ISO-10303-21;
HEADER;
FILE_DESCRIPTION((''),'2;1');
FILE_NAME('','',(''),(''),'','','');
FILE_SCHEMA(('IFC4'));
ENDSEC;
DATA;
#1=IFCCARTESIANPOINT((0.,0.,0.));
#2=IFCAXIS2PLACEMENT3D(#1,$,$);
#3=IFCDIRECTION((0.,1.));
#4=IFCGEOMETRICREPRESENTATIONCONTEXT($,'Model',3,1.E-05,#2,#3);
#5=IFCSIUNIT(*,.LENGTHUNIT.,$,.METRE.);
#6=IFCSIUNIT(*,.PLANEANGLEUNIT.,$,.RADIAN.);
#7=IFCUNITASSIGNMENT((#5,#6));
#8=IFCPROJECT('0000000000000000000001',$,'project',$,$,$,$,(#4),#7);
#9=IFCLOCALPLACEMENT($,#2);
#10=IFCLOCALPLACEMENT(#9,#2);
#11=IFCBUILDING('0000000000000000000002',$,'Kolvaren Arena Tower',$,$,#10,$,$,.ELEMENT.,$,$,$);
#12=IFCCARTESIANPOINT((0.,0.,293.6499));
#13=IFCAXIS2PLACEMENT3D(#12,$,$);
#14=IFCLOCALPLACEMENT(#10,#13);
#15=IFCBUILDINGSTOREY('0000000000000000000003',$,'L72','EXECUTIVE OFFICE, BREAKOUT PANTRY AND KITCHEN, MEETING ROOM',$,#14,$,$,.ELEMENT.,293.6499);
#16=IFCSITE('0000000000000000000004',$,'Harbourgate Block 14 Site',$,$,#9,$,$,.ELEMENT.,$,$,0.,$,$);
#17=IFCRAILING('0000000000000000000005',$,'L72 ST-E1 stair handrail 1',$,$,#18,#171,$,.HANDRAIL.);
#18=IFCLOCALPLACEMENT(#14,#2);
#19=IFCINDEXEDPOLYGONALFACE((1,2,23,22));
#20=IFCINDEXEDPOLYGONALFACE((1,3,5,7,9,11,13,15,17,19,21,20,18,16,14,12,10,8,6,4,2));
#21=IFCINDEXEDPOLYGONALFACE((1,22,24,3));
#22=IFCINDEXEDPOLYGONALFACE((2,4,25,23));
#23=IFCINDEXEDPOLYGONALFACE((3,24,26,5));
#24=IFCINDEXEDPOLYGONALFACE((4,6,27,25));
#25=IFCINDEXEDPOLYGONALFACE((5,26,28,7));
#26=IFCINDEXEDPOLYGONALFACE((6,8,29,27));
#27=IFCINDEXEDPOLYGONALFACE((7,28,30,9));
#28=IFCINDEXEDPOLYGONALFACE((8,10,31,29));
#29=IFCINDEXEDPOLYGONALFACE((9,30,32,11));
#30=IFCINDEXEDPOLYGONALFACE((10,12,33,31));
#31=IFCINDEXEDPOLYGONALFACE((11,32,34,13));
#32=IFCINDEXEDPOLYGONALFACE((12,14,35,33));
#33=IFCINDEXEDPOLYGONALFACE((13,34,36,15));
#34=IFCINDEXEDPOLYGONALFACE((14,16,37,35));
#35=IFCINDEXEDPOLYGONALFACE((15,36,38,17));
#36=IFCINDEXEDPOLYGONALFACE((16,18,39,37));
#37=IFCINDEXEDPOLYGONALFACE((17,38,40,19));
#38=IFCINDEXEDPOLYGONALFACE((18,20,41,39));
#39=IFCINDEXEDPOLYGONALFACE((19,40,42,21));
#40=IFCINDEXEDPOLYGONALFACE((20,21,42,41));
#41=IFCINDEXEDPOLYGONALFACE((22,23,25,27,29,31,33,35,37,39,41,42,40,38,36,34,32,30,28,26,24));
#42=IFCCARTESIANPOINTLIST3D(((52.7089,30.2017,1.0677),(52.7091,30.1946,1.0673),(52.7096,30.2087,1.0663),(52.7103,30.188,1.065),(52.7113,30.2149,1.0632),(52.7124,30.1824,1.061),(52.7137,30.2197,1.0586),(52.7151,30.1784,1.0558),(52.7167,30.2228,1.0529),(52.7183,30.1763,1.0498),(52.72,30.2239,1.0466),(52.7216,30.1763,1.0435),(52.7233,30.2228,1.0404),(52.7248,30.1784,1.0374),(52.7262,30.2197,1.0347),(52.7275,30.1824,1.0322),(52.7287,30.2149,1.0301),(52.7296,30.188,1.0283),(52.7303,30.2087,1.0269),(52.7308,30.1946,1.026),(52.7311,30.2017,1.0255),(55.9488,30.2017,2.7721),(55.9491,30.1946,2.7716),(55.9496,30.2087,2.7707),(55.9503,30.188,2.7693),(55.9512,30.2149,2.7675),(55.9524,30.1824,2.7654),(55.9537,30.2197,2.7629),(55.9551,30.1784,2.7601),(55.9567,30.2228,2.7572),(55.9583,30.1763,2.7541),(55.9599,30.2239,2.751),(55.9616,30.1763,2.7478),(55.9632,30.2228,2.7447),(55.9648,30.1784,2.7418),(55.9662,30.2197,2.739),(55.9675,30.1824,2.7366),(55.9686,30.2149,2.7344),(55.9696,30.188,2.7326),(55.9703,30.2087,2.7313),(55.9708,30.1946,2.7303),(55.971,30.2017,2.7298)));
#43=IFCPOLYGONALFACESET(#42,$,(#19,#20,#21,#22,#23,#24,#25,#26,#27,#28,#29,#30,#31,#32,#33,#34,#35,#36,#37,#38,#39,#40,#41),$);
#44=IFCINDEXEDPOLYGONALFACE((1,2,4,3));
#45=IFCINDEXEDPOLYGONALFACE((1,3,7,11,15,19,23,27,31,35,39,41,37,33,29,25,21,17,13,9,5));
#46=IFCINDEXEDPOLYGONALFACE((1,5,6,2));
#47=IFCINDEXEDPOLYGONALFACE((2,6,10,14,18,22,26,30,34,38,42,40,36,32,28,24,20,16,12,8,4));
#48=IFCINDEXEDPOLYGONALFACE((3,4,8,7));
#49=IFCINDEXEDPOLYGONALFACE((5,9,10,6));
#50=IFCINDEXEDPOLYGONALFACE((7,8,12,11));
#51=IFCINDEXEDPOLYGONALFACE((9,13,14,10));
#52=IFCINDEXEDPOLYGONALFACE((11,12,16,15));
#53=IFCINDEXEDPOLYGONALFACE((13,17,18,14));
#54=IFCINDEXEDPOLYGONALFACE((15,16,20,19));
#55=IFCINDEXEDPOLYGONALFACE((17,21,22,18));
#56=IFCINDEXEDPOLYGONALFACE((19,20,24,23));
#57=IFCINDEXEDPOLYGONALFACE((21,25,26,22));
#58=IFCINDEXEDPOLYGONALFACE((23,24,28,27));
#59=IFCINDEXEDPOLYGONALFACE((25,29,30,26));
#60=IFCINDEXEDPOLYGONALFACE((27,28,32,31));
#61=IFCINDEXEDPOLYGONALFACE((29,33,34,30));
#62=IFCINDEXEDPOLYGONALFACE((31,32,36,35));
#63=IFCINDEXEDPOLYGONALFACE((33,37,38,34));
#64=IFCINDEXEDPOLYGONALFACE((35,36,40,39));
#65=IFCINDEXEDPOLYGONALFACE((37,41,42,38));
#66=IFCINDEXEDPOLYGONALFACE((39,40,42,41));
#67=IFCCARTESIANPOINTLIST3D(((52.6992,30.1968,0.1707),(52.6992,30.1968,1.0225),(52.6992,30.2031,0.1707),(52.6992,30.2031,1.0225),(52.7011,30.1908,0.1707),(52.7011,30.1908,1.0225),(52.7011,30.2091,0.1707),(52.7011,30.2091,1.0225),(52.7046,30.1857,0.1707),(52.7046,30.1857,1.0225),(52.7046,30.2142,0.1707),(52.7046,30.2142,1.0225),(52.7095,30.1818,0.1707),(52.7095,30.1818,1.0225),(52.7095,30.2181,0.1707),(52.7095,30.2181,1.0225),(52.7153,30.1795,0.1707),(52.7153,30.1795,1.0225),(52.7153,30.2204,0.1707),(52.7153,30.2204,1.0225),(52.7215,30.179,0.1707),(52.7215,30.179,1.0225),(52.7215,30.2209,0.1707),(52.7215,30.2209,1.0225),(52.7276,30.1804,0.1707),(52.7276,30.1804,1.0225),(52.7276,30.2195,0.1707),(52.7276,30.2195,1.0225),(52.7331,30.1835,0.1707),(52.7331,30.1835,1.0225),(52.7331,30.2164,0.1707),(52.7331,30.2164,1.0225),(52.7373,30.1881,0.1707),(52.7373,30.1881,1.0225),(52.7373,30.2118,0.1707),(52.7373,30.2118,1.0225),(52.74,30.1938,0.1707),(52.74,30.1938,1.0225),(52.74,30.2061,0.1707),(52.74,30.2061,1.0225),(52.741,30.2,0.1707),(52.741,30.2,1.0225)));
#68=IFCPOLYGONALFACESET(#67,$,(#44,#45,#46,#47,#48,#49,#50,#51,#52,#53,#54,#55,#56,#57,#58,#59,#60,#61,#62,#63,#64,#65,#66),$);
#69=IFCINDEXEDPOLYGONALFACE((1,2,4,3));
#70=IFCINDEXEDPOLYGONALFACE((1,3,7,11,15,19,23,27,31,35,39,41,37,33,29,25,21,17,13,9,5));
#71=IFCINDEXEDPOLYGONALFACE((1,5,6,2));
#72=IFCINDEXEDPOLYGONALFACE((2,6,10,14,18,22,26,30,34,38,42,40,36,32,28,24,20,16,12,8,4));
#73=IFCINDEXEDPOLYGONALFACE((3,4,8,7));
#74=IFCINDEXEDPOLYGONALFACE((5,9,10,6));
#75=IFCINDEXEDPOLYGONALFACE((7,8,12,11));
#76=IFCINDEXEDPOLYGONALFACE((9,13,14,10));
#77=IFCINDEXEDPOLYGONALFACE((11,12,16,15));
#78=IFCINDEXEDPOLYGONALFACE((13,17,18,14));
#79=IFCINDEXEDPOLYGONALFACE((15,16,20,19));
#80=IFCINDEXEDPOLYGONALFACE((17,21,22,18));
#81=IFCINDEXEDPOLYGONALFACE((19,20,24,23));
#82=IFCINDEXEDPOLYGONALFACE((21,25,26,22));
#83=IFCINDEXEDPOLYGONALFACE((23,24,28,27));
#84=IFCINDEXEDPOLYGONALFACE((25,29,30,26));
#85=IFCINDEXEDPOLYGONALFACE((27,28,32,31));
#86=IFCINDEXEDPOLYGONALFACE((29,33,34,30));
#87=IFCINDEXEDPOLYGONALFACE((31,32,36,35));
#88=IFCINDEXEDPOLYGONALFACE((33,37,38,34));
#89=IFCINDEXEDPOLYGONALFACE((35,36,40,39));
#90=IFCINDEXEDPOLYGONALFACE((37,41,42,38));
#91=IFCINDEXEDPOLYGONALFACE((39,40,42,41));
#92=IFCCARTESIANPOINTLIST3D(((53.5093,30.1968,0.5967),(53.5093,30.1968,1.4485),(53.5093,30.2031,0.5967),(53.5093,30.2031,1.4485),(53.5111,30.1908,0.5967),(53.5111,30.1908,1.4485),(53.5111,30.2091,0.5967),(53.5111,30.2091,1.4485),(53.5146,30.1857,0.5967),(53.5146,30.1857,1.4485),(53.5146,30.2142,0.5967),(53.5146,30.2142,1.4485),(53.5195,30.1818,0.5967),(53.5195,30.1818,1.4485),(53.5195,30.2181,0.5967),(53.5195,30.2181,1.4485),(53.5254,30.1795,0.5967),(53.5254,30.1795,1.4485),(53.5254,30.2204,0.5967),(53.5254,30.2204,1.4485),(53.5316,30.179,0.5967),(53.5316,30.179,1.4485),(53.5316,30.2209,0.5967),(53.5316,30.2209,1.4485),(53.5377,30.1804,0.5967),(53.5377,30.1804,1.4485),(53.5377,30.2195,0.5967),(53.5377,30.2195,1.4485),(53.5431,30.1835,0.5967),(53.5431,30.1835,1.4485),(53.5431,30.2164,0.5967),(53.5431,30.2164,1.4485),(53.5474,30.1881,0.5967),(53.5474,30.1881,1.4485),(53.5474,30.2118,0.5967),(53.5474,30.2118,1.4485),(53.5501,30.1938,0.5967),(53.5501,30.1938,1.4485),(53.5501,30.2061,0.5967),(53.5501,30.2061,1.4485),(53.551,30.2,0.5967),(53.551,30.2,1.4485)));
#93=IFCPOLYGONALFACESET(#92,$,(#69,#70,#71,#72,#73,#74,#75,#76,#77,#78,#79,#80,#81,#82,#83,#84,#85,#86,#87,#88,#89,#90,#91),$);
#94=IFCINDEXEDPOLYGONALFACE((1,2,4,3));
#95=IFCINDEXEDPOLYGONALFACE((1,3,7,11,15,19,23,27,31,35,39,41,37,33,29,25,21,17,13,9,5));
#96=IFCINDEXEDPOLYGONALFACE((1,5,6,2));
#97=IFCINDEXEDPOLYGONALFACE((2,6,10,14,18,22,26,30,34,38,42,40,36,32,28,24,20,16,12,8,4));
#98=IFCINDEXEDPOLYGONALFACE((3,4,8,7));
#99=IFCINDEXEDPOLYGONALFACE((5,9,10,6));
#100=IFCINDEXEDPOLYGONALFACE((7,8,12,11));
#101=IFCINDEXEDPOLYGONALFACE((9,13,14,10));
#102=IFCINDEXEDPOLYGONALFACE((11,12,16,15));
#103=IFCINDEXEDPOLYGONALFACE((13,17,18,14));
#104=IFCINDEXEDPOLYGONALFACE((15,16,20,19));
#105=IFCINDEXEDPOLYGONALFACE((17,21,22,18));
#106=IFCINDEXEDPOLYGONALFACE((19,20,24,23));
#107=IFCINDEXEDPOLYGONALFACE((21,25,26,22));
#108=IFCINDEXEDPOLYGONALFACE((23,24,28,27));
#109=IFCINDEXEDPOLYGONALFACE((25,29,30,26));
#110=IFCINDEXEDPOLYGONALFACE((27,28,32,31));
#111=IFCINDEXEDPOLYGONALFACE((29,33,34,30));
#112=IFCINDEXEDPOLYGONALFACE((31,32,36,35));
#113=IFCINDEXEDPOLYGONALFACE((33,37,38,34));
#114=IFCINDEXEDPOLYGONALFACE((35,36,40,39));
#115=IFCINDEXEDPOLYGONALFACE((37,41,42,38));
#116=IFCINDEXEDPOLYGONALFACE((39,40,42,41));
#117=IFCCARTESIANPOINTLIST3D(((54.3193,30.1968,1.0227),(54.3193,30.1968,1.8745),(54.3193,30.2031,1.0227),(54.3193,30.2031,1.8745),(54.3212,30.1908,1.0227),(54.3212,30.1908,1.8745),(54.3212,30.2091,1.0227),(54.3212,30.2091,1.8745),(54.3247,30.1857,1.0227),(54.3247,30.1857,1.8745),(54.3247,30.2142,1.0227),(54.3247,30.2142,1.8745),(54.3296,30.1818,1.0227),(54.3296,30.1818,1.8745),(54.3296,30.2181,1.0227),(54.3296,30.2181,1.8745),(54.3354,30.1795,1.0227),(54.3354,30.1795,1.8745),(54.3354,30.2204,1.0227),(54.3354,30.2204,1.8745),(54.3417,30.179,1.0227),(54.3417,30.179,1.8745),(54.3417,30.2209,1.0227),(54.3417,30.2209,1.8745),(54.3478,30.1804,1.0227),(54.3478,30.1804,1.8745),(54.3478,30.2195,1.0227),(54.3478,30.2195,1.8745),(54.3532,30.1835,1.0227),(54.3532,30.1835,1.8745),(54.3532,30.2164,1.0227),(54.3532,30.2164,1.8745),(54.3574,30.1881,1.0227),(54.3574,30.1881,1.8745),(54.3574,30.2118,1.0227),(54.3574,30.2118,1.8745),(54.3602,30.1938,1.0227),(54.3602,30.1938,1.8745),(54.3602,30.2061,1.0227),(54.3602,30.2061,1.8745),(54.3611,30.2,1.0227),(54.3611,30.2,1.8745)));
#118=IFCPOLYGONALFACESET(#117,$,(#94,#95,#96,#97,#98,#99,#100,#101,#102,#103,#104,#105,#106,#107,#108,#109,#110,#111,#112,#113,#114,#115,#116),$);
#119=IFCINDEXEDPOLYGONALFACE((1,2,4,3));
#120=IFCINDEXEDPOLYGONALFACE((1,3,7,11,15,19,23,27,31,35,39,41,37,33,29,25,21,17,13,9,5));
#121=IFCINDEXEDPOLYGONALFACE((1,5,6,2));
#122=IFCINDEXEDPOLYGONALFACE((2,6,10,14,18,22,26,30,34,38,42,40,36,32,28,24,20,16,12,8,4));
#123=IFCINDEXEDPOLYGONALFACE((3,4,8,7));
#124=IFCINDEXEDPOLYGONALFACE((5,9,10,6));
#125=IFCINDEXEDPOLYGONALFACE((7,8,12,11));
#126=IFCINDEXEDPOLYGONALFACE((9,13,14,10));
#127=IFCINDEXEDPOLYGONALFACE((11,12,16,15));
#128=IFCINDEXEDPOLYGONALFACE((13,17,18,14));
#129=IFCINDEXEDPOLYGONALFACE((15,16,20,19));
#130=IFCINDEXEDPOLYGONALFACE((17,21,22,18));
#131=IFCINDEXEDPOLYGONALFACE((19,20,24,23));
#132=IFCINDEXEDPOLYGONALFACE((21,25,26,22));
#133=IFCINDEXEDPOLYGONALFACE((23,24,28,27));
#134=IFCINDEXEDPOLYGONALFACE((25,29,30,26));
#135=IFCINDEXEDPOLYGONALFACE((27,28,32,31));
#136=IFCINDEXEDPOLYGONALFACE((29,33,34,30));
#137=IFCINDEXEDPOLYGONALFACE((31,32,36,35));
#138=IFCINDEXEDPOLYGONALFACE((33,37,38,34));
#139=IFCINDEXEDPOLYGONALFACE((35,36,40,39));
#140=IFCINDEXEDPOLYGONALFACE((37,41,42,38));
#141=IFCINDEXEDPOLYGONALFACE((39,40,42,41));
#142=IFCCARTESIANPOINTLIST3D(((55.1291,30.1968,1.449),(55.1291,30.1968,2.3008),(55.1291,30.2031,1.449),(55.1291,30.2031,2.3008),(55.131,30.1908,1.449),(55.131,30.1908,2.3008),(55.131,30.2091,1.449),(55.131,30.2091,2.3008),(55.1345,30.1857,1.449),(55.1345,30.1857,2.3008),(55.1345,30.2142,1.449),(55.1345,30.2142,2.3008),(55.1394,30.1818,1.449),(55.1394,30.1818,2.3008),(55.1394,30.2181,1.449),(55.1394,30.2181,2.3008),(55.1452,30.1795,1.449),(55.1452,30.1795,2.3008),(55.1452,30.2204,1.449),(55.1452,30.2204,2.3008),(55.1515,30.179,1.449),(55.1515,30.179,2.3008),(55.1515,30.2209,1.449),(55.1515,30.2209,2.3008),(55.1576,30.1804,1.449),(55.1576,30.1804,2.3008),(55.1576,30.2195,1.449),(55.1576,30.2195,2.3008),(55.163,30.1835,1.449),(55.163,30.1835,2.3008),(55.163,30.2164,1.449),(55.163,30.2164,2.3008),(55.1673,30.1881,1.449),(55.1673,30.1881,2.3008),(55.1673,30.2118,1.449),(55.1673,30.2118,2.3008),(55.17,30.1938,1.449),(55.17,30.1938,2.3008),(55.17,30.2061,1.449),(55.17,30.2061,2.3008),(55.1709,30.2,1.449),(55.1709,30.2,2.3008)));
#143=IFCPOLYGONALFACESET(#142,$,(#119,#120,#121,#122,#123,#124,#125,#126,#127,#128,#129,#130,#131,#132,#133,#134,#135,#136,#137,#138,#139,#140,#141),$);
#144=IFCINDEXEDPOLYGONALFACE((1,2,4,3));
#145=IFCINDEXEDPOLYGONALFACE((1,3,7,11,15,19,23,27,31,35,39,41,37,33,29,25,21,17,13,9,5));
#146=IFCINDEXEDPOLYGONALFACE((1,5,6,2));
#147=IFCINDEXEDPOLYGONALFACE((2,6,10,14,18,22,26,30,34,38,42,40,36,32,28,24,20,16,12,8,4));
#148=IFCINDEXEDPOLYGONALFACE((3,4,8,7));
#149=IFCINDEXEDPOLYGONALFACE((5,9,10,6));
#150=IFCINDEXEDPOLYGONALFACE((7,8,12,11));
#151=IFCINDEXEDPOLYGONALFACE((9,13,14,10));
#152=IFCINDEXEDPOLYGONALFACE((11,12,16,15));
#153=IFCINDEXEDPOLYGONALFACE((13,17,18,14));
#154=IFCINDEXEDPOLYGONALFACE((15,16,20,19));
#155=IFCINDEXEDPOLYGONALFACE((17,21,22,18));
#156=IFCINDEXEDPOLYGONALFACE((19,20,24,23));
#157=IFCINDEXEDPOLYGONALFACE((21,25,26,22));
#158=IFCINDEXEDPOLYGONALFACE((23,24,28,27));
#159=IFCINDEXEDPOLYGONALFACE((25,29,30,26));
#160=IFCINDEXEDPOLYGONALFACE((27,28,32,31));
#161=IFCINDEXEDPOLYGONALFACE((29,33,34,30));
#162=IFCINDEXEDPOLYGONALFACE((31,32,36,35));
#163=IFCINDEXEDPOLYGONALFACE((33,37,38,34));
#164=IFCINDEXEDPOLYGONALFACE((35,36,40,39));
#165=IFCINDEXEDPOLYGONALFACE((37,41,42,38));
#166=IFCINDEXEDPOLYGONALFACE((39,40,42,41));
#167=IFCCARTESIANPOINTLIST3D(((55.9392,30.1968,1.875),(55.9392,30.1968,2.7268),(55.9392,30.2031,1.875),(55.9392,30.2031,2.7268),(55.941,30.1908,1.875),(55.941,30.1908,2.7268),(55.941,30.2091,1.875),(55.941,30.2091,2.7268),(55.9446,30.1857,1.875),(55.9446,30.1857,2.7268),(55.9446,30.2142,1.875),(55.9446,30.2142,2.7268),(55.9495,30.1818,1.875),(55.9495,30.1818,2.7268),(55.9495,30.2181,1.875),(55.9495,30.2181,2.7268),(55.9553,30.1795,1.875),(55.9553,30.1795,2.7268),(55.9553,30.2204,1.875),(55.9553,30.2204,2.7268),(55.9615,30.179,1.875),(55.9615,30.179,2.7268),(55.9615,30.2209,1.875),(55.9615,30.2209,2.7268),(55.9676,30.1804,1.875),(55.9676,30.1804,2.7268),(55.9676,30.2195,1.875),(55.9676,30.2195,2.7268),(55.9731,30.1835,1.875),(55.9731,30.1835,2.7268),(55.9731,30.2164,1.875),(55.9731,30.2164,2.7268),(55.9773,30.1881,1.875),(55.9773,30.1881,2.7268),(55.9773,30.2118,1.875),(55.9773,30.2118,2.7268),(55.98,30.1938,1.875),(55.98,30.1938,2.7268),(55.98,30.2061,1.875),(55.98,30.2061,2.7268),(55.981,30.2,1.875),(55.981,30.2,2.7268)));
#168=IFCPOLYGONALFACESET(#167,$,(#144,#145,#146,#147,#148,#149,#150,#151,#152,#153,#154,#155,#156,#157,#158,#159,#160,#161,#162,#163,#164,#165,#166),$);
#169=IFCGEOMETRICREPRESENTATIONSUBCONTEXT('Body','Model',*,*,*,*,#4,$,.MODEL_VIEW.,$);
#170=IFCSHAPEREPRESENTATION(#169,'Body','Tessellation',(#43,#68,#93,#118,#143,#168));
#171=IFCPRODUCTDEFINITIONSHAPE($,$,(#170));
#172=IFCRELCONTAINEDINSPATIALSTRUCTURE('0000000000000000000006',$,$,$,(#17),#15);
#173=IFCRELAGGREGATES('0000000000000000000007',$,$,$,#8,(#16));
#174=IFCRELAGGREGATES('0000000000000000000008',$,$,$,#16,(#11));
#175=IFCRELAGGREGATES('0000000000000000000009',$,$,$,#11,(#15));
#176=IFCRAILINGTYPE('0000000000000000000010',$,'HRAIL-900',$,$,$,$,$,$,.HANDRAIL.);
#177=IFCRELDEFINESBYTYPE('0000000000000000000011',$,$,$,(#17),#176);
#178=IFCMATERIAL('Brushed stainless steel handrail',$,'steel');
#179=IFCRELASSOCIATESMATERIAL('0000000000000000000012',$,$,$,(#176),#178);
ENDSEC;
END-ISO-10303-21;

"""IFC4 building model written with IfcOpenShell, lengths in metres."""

from ifc_helpers import new_model, si_unit, direction, frame, origin, origin_2d, place, context, subcontext, project, spatial, circle, extrude, material, type_object, element, save


model = new_model("IFC4")

# Units and contexts
model_context = context("Model", 3, precision=1e-05, world=origin(), true_north=direction((0.0, 1.0)))
body_context = subcontext(model_context, "Body", "Model", "MODEL_VIEW")
ifc_project = project(units=[si_unit("LENGTHUNIT", "METRE"), si_unit("PLANEANGLEUNIT", "RADIAN")], contexts=[model_context])

# Site, building, storey
site_placement = place(None, origin())
site = spatial("IfcSite", under=ifc_project, at=site_placement, Name="Harbourgate Block 14 Site", CompositionType="ELEMENT", RefElevation=0.0)
building_placement = place(site_placement, origin())
building = spatial("IfcBuilding", under=site, at=building_placement, Name="Kolvaren Arena Tower", CompositionType="ELEMENT")
storey_placement = place(building_placement, frame((0.0, 0.0, 293.6499)))
storey = spatial("IfcBuildingStorey", under=building, at=storey_placement, Name="L72", Description="EXECUTIVE OFFICE, BREAKOUT PANTRY AND KITCHEN, MEETING ROOM", CompositionType="ELEMENT", Elevation=293.6499)

# Railing
ifc_material_1 = material(Name="Brushed stainless steel handrail", Category="steel")
railing_type_1 = type_object("IfcRailingType", Name="HRAIL-900", PredefinedType="HANDRAIL", material=ifc_material_1)
for number, where, name in (
    (1, (52.72, 30.2, 0.1707), "L72 ST-E1 stair handrail 1"),
):
    element("IfcRailing", number, at=place(storey_placement, frame(where)), inside=storey, type_object=railing_type_1, Name=name, PredefinedType="HANDRAIL", context=body_context, shape_type="SweptSolid", body=[
        extrude(circle(Radius=0.0239, at=origin_2d()), frame((0.0, 0.0, 0.876), z_axis=(0.885021, 0.0, 0.465551), x_axis=(0.0, 1.0, 0.0)), (0.0, 0.0, 1.0), 3.6609),
        extrude(circle(Radius=0.021, at=origin_2d()), origin(), (0.0, 0.0, 1.0), 0.8518),
        extrude(circle(Radius=0.021, at=origin_2d()), frame((0.8101, 0.0, 0.426)), (0.0, 0.0, 1.0), 0.8518),
        extrude(circle(Radius=0.021, at=origin_2d()), frame((1.6201, 0.0, 0.8521)), (0.0, 0.0, 1.0), 0.8518),
        extrude(circle(Radius=0.021, at=origin_2d()), frame((2.4299, 0.0, 1.2783)), (0.0, 0.0, 1.0), 0.8518),
        extrude(circle(Radius=0.021, at=origin_2d()), frame((3.24, 0.0, 1.7043)), (0.0, 0.0, 1.0), 0.8518),
    ])

save(model, "model.ifc")
